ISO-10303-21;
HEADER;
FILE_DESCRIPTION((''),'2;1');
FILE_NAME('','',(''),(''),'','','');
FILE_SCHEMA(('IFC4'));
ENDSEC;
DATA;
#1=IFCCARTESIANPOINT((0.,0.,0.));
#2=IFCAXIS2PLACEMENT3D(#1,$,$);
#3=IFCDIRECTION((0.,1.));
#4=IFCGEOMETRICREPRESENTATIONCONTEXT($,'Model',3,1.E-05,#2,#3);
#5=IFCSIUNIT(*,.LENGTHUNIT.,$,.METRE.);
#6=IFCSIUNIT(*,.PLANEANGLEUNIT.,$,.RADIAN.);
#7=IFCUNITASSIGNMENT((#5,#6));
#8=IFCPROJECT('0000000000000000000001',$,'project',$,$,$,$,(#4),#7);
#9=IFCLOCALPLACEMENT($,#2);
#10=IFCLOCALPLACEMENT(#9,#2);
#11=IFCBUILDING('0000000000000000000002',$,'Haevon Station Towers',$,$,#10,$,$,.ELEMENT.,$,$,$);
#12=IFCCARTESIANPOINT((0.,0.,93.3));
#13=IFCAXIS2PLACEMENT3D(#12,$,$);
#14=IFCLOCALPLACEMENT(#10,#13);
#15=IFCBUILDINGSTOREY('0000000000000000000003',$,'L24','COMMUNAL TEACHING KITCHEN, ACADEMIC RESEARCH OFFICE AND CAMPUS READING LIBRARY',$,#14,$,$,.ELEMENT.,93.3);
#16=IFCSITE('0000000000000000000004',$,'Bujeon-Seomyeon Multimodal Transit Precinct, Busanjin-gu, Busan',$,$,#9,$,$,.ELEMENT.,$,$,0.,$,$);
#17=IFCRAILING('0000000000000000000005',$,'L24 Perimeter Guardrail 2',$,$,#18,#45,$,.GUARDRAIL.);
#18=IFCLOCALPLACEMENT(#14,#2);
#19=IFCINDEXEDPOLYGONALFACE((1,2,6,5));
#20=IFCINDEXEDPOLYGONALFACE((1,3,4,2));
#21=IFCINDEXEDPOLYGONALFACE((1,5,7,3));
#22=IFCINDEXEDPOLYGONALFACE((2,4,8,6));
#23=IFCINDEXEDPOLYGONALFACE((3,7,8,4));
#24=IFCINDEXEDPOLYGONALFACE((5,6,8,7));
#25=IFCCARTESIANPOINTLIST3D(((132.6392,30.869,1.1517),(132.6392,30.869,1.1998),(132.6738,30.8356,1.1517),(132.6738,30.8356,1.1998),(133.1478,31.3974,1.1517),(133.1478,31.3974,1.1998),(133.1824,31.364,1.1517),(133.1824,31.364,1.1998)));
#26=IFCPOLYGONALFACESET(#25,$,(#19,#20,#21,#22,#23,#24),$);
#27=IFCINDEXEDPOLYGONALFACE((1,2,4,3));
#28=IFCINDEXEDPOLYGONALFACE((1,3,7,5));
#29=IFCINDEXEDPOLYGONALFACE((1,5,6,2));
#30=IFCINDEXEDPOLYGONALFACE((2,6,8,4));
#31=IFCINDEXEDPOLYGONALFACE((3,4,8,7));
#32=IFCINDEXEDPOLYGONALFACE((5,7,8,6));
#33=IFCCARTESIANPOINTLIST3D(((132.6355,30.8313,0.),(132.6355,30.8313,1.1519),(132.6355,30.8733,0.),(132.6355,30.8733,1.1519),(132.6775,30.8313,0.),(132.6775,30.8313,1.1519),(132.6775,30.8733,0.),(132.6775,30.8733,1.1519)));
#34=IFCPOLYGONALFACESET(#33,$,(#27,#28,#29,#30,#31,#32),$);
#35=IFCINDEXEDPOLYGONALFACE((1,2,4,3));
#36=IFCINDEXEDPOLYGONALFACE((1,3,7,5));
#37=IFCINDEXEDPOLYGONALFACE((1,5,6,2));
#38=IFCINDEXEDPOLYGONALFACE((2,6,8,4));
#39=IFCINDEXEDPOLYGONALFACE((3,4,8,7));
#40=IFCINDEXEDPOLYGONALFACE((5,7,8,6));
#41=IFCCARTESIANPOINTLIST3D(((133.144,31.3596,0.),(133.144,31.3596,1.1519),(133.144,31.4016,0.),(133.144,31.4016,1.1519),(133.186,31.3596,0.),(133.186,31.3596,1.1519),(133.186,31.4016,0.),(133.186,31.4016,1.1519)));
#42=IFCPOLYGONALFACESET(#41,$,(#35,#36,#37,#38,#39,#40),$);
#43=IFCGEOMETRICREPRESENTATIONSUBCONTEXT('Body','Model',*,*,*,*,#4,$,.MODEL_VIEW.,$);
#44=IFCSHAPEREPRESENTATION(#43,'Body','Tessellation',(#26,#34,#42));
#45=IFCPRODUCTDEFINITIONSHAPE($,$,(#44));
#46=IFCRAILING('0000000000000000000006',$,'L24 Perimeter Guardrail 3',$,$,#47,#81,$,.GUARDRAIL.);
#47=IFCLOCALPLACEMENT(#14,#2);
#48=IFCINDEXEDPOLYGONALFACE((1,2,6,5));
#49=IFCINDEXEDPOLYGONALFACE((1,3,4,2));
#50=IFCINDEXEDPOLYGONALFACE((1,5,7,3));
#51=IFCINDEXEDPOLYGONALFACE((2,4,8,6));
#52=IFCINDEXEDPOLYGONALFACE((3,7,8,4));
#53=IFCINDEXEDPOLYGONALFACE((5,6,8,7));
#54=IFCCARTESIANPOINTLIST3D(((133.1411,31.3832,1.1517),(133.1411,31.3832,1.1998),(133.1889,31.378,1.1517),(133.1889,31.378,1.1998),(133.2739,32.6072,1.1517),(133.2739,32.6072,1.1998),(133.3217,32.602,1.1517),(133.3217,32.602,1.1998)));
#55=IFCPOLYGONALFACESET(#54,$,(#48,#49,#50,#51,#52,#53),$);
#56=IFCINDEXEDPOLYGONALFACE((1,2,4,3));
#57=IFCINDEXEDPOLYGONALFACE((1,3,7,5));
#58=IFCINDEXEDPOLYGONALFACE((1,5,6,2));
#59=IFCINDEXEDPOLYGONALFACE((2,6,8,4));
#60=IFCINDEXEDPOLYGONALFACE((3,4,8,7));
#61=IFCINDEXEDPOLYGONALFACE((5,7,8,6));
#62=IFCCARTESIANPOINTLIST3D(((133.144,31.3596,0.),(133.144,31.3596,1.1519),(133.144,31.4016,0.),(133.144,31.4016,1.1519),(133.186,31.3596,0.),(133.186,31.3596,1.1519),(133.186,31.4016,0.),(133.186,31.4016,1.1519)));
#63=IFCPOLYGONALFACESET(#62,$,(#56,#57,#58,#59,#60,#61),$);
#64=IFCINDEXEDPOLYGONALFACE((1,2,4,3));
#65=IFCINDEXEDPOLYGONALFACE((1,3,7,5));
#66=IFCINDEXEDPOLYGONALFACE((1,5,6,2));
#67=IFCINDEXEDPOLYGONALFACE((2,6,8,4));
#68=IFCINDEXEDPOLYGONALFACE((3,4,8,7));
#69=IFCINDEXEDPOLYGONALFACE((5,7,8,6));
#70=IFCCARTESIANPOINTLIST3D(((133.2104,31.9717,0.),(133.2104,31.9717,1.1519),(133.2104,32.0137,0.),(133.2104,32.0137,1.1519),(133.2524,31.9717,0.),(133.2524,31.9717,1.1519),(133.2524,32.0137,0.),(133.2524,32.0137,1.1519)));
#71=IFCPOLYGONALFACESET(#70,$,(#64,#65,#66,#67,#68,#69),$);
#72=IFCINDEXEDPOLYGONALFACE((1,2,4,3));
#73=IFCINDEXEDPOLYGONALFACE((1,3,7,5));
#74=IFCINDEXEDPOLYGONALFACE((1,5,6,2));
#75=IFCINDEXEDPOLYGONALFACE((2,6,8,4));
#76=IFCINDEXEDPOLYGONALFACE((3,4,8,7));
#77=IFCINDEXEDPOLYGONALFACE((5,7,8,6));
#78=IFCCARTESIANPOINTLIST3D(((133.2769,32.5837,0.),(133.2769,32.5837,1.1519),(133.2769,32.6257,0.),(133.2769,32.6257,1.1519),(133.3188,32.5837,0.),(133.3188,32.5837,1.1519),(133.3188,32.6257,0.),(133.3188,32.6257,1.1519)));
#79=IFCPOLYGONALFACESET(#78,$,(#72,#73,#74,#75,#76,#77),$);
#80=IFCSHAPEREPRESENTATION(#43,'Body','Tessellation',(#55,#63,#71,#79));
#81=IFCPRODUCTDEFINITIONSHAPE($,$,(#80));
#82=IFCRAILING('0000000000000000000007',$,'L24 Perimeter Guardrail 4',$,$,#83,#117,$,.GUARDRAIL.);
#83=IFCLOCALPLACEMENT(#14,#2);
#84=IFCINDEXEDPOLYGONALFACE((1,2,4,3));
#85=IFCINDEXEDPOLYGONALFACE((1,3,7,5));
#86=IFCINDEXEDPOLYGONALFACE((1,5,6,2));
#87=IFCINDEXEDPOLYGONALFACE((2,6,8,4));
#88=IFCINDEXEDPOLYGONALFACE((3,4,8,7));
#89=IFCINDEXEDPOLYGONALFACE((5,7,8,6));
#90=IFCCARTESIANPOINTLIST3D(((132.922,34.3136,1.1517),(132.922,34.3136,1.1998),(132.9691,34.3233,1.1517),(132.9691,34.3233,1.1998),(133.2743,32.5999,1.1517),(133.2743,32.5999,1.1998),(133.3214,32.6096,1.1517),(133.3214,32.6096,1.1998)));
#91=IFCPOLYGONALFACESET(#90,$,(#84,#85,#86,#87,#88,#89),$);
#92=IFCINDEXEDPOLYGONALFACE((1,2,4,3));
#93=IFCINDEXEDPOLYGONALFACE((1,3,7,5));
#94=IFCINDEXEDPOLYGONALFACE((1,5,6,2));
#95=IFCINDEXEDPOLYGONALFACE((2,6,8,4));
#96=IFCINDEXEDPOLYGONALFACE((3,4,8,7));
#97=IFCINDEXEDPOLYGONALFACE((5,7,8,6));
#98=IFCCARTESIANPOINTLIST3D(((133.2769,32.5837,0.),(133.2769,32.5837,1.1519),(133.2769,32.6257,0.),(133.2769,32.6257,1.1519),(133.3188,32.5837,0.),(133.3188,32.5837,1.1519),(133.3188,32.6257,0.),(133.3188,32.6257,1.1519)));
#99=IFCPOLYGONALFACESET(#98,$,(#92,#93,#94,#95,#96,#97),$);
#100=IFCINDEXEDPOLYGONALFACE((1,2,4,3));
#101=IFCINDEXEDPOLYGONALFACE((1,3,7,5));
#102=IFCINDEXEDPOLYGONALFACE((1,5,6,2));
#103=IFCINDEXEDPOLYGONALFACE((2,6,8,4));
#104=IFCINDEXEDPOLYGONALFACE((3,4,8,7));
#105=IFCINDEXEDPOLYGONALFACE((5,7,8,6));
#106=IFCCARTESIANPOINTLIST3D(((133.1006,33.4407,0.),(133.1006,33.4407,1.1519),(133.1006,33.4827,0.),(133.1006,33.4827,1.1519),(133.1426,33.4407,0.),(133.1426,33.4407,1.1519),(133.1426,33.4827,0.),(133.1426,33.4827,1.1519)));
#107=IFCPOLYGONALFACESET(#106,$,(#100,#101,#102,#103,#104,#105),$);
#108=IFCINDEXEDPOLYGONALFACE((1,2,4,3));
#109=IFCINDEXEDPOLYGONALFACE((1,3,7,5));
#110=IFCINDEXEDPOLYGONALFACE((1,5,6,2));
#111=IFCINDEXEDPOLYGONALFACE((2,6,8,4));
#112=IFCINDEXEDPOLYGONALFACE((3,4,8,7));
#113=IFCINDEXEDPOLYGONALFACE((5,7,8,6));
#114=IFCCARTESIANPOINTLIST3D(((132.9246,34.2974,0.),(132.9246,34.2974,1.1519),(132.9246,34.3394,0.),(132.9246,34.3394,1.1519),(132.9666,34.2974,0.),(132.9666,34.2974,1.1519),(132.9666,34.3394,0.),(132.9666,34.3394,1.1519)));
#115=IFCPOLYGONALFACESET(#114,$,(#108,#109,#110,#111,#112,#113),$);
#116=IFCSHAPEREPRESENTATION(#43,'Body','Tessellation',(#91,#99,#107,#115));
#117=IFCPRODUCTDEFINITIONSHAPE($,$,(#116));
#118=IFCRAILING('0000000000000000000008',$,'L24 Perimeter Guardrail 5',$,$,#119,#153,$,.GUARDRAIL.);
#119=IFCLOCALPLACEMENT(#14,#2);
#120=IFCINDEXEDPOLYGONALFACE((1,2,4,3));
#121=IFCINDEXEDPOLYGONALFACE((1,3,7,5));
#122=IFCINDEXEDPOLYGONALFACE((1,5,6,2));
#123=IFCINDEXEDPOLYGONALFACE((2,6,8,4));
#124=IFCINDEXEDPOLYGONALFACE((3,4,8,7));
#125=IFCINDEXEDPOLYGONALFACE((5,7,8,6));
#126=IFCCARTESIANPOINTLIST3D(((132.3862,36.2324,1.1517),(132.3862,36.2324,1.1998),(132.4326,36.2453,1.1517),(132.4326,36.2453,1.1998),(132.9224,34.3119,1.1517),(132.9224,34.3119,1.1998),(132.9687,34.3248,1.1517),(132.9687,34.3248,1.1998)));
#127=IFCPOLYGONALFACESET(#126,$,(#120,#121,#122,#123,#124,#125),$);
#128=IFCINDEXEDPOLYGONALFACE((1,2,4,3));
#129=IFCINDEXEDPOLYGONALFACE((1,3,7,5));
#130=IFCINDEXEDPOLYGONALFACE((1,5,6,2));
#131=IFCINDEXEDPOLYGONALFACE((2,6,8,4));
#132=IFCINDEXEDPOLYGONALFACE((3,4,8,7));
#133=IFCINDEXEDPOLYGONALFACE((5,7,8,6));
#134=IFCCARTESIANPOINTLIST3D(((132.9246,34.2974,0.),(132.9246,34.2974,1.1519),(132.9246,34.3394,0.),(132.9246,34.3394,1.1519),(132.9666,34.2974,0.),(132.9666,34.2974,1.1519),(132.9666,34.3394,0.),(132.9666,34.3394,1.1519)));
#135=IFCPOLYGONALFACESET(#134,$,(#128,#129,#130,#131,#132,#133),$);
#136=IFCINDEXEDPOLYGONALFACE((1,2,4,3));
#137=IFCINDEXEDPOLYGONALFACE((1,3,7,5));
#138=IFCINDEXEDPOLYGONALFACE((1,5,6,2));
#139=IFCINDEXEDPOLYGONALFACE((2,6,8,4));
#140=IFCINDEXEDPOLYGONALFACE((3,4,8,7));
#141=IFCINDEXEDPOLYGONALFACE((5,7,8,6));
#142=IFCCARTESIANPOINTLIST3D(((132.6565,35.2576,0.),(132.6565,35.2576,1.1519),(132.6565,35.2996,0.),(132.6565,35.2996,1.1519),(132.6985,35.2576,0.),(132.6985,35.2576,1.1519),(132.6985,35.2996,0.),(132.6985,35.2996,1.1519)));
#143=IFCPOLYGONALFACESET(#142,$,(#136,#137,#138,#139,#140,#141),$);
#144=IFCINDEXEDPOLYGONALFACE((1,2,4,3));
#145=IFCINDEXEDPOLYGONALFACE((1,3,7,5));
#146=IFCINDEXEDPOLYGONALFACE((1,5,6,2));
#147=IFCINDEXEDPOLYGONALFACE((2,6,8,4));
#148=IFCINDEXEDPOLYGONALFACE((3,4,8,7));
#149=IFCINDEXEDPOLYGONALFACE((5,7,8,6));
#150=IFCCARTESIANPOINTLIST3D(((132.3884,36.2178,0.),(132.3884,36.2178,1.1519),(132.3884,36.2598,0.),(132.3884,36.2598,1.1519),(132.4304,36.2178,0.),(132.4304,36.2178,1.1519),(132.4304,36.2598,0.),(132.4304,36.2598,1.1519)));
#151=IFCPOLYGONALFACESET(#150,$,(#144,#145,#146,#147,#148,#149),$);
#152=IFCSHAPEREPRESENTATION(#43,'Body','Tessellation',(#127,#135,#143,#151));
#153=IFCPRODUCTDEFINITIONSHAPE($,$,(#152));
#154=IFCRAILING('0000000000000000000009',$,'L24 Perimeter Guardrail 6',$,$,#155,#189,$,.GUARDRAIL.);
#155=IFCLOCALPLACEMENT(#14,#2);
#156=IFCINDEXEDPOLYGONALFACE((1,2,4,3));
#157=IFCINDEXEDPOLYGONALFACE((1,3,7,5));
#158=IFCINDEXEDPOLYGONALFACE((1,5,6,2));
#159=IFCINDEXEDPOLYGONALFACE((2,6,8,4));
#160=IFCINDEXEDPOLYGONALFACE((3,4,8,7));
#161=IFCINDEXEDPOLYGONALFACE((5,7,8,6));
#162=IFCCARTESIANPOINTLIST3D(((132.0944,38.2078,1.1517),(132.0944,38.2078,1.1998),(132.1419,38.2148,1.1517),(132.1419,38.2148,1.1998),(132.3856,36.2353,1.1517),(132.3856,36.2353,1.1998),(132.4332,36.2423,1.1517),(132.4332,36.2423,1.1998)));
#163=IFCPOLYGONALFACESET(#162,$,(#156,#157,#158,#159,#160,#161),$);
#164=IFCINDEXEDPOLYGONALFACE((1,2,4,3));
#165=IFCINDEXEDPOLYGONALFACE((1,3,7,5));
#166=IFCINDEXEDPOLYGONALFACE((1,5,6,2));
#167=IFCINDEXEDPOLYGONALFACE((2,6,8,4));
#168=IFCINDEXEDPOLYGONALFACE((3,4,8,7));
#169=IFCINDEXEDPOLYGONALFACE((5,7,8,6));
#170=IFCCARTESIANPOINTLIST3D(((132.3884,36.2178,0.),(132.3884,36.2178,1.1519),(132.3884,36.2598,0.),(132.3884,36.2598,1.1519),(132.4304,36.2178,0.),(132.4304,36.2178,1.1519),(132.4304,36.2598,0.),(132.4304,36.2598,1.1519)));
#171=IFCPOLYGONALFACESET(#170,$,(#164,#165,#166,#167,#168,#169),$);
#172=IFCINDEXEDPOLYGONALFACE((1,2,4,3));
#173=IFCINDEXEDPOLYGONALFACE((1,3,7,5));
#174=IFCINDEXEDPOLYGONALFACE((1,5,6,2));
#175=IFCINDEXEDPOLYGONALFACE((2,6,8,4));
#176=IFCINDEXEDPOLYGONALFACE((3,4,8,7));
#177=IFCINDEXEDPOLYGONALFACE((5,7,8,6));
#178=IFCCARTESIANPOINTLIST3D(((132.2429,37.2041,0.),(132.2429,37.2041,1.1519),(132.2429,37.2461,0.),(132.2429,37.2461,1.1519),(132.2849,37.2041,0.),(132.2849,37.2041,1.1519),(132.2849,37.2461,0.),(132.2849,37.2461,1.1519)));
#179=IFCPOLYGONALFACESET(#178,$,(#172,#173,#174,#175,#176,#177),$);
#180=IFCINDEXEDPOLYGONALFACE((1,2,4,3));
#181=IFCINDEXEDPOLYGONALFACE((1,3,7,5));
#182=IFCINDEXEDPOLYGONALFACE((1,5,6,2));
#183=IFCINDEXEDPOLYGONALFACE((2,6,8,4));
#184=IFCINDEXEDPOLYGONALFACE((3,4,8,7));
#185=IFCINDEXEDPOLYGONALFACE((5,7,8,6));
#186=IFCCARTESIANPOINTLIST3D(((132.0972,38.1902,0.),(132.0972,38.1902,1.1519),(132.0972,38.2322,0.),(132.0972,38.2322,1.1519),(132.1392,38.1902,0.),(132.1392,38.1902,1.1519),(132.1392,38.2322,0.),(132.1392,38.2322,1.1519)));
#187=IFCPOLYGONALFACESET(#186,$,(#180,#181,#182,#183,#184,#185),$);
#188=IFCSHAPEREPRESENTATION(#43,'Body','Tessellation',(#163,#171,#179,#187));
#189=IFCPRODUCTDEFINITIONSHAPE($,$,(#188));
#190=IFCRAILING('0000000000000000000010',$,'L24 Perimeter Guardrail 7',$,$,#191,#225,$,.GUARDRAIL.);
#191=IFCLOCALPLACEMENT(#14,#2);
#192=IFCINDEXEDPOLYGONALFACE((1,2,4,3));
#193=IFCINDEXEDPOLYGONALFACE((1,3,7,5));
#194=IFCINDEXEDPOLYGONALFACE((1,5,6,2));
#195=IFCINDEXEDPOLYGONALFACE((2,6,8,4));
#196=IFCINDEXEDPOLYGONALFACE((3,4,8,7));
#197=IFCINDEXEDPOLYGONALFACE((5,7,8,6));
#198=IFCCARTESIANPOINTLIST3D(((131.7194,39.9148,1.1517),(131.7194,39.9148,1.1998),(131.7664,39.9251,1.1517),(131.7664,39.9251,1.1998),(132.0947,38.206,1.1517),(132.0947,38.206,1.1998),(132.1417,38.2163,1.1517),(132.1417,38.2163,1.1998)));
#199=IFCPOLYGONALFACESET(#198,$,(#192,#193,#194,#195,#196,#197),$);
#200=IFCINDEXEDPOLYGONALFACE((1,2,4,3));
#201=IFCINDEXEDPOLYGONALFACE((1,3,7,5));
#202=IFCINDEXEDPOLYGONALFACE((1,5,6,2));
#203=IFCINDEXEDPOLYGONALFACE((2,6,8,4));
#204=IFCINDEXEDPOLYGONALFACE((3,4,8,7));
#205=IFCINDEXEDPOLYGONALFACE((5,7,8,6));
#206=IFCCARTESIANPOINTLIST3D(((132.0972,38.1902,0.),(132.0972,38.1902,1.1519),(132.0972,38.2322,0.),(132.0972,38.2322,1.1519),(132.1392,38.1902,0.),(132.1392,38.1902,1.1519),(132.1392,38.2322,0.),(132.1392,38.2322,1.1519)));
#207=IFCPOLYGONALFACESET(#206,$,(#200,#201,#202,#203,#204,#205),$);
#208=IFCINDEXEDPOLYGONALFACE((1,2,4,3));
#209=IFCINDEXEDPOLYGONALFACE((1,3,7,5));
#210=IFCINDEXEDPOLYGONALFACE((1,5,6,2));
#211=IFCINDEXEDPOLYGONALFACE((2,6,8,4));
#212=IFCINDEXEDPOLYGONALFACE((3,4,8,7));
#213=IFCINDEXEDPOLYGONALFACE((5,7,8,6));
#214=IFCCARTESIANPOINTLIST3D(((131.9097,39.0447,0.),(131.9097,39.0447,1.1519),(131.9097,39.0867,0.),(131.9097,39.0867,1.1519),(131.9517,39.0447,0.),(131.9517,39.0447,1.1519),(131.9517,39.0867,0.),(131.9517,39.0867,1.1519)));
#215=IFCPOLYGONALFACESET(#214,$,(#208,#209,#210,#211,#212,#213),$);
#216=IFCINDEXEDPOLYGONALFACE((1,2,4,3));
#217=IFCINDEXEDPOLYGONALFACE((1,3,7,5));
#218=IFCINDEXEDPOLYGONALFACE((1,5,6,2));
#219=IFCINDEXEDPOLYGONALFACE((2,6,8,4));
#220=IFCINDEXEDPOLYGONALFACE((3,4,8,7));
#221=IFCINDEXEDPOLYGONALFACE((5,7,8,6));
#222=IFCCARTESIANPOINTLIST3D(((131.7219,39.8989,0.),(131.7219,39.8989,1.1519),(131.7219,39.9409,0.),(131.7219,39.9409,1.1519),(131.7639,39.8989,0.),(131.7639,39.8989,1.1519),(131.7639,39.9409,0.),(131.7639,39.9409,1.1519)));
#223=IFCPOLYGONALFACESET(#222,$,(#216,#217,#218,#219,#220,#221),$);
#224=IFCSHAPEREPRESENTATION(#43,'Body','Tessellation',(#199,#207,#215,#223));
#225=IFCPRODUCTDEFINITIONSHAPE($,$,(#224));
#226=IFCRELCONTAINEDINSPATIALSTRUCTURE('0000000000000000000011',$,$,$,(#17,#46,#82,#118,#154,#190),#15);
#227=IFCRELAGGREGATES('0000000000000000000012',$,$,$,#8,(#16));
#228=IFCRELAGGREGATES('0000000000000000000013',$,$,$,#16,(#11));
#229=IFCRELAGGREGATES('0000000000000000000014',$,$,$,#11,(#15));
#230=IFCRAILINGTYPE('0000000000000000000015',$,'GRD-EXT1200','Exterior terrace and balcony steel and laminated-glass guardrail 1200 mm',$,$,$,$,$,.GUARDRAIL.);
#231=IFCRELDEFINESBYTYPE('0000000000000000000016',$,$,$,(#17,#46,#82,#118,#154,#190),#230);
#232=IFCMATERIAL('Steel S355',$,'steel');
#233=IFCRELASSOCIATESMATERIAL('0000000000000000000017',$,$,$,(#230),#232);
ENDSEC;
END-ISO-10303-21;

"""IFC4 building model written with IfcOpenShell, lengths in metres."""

from ifc_helpers import new_model, si_unit, direction, frame, origin, origin_2d, place, context, subcontext, project, spatial, rectangle, extrude, material, type_object, element, save


model = new_model("IFC4")

# Units and contexts
model_context = context("Model", 3, precision=1e-05, world=origin(), true_north=direction((0.0, 1.0)))
body_context = subcontext(model_context, "Body", "Model", "MODEL_VIEW")
ifc_project = project(units=[si_unit("LENGTHUNIT", "METRE"), si_unit("PLANEANGLEUNIT", "RADIAN")], contexts=[model_context])

# Site, building, storey
site_placement = place(None, origin())
site = spatial("IfcSite", under=ifc_project, at=site_placement, Name="Bujeon-Seomyeon Multimodal Transit Precinct, Busanjin-gu, Busan", CompositionType="ELEMENT", RefElevation=0.0)
building_placement = place(site_placement, origin())
building = spatial("IfcBuilding", under=site, at=building_placement, Name="Haevon Station Towers", CompositionType="ELEMENT")
storey_placement = place(building_placement, frame((0.0, 0.0, 93.3)))
storey = spatial("IfcBuildingStorey", under=building, at=storey_placement, Name="L24", Description="COMMUNAL TEACHING KITCHEN, ACADEMIC RESEARCH OFFICE AND CAMPUS READING LIBRARY", CompositionType="ELEMENT", Elevation=93.3)

# Shared definitions
ifc_material_1 = material(Name="Steel S355", Category="steel")

# Railings
railing_type = type_object("IfcRailingType", Name="GRD-EXT1200", Description="Exterior terrace and balcony steel and laminated-glass guardrail 1200 mm", PredefinedType="GUARDRAIL", material=ifc_material_1)
railing_1_placement = place(storey_placement, frame((132.6565, 30.8523, 0.0)))
element("IfcRailing", 1, at=railing_1_placement, inside=storey, type_object=railing_type, Name="L24 Perimeter Guardrail 2", PredefinedType="GUARDRAIL", context=body_context, shape_type="SweptSolid", body=[
    extrude(rectangle(XDim=0.0481, YDim=0.0481, at=origin_2d()), frame((0.0, 0.0, 1.1758), z_axis=(0.693495, 0.720462, 0.0), x_axis=(-0.720462, 0.693495, 0.0)), (0.0, 0.0, 1.0), 0.7334),
    extrude(rectangle(XDim=0.042, YDim=0.042, at=origin_2d()), origin(), (0.0, 0.0, 1.0), 1.1519),
    extrude(rectangle(XDim=0.042, YDim=0.042, at=origin_2d()), frame((0.5085, 0.5283, 0.0)), (0.0, 0.0, 1.0), 1.1519),
])
railing_2_placement = place(storey_placement, frame((133.165, 31.3806, 0.0)))
element("IfcRailing", 2, at=railing_2_placement, inside=storey, type_object=railing_type, Name="L24 Perimeter Guardrail 3", PredefinedType="GUARDRAIL", context=body_context, shape_type="SweptSolid", body=[
    extrude(rectangle(XDim=0.0481, YDim=0.0481, at=origin_2d()), frame((0.0, 0.0, 1.1758), z_axis=(0.107863, 0.994166, 0.0), x_axis=(-0.994166, 0.107863, 0.0)), (0.0, 0.0, 1.0), 1.2312),
    extrude(rectangle(XDim=0.042, YDim=0.042, at=origin_2d()), origin(), (0.0, 0.0, 1.0), 1.1519),
    extrude(rectangle(XDim=0.042, YDim=0.042, at=origin_2d()), frame((0.0664, 0.6121, 0.0)), (0.0, 0.0, 1.0), 1.1519),
    extrude(rectangle(XDim=0.042, YDim=0.042, at=origin_2d()), frame((0.1328, 1.2241, 0.0)), (0.0, 0.0, 1.0), 1.1519),
])
railing_3_placement = place(storey_placement, frame((133.2979, 32.6047, 0.0)))
element("IfcRailing", 3, at=railing_3_placement, inside=storey, type_object=railing_type, Name="L24 Perimeter Guardrail 4", PredefinedType="GUARDRAIL", context=body_context, shape_type="SweptSolid", body=[
    extrude(rectangle(XDim=0.0481, YDim=0.0481, at=origin_2d()), frame((0.0, 0.0, 1.1758), z_axis=(-0.201373, 0.979515, 0.0), x_axis=(-0.979515, -0.201373, 0.0)), (0.0, 0.0, 1.0), 1.7495),
    extrude(rectangle(XDim=0.042, YDim=0.042, at=origin_2d()), origin(), (0.0, 0.0, 1.0), 1.1519),
    extrude(rectangle(XDim=0.042, YDim=0.042, at=origin_2d()), frame((-0.1763, 0.8569, 0.0)), (0.0, 0.0, 1.0), 1.1519),
    extrude(rectangle(XDim=0.042, YDim=0.042, at=origin_2d()), frame((-0.3523, 1.7136, 0.0)), (0.0, 0.0, 1.0), 1.1519),
])
railing_4_placement = place(storey_placement, frame((132.9456, 34.3184, 0.0)))
element("IfcRailing", 4, at=railing_4_placement, inside=storey, type_object=railing_type, Name="L24 Perimeter Guardrail 5", PredefinedType="GUARDRAIL", context=body_context, shape_type="SweptSolid", body=[
    extrude(rectangle(XDim=0.0481, YDim=0.0481, at=origin_2d()), frame((0.0, 0.0, 1.1758), z_axis=(-0.268894, 0.96317, 0.0), x_axis=(-0.96317, -0.268894, 0.0)), (0.0, 0.0, 1.0), 1.9939),
    extrude(rectangle(XDim=0.042, YDim=0.042, at=origin_2d()), origin(), (0.0, 0.0, 1.0), 1.1519),
    extrude(rectangle(XDim=0.042, YDim=0.042, at=origin_2d()), frame((-0.2681, 0.9602, 0.0)), (0.0, 0.0, 1.0), 1.1519),
    extrude(rectangle(XDim=0.042, YDim=0.042, at=origin_2d()), frame((-0.5361, 1.9204, 0.0)), (0.0, 0.0, 1.0), 1.1519),
])
railing_5_placement = place(storey_placement, frame((132.4094, 36.2388, 0.0)))
element("IfcRailing", 5, at=railing_5_placement, inside=storey, type_object=railing_type, Name="L24 Perimeter Guardrail 6", PredefinedType="GUARDRAIL", context=body_context, shape_type="SweptSolid", body=[
    extrude(rectangle(XDim=0.0481, YDim=0.0481, at=origin_2d()), frame((0.0, 0.0, 1.1758), z_axis=(-0.146083, 0.989272, 0.0), x_axis=(-0.989272, -0.146083, 0.0)), (0.0, 0.0, 1.0), 1.9939),
    extrude(rectangle(XDim=0.042, YDim=0.042, at=origin_2d()), origin(), (0.0, 0.0, 1.0), 1.1519),
    extrude(rectangle(XDim=0.042, YDim=0.042, at=origin_2d()), frame((-0.1455, 0.9863, 0.0)), (0.0, 0.0, 1.0), 1.1519),
    extrude(rectangle(XDim=0.042, YDim=0.042, at=origin_2d()), frame((-0.2913, 1.9724, 0.0)), (0.0, 0.0, 1.0), 1.1519),
])
railing_6_placement = place(storey_placement, frame((132.1182, 38.2112, 0.0)))
element("IfcRailing", 6, at=railing_6_placement, inside=storey, type_object=railing_type, Name="L24 Perimeter Guardrail 7", PredefinedType="GUARDRAIL", context=body_context, shape_type="SweptSolid", body=[
    extrude(rectangle(XDim=0.0481, YDim=0.0481, at=origin_2d()), frame((0.0, 0.0, 1.1758), z_axis=(-0.214492, 0.976726, 0.0), x_axis=(-0.976726, -0.214492, 0.0)), (0.0, 0.0, 1.0), 1.7495),
    extrude(rectangle(XDim=0.042, YDim=0.042, at=origin_2d()), origin(), (0.0, 0.0, 1.0), 1.1519),
    extrude(rectangle(XDim=0.042, YDim=0.042, at=origin_2d()), frame((-0.1875, 0.8545, 0.0)), (0.0, 0.0, 1.0), 1.1519),
    extrude(rectangle(XDim=0.042, YDim=0.042, at=origin_2d()), frame((-0.3752, 1.7087, 0.0)), (0.0, 0.0, 1.0), 1.1519),
])

save(model, "model.ifc")
